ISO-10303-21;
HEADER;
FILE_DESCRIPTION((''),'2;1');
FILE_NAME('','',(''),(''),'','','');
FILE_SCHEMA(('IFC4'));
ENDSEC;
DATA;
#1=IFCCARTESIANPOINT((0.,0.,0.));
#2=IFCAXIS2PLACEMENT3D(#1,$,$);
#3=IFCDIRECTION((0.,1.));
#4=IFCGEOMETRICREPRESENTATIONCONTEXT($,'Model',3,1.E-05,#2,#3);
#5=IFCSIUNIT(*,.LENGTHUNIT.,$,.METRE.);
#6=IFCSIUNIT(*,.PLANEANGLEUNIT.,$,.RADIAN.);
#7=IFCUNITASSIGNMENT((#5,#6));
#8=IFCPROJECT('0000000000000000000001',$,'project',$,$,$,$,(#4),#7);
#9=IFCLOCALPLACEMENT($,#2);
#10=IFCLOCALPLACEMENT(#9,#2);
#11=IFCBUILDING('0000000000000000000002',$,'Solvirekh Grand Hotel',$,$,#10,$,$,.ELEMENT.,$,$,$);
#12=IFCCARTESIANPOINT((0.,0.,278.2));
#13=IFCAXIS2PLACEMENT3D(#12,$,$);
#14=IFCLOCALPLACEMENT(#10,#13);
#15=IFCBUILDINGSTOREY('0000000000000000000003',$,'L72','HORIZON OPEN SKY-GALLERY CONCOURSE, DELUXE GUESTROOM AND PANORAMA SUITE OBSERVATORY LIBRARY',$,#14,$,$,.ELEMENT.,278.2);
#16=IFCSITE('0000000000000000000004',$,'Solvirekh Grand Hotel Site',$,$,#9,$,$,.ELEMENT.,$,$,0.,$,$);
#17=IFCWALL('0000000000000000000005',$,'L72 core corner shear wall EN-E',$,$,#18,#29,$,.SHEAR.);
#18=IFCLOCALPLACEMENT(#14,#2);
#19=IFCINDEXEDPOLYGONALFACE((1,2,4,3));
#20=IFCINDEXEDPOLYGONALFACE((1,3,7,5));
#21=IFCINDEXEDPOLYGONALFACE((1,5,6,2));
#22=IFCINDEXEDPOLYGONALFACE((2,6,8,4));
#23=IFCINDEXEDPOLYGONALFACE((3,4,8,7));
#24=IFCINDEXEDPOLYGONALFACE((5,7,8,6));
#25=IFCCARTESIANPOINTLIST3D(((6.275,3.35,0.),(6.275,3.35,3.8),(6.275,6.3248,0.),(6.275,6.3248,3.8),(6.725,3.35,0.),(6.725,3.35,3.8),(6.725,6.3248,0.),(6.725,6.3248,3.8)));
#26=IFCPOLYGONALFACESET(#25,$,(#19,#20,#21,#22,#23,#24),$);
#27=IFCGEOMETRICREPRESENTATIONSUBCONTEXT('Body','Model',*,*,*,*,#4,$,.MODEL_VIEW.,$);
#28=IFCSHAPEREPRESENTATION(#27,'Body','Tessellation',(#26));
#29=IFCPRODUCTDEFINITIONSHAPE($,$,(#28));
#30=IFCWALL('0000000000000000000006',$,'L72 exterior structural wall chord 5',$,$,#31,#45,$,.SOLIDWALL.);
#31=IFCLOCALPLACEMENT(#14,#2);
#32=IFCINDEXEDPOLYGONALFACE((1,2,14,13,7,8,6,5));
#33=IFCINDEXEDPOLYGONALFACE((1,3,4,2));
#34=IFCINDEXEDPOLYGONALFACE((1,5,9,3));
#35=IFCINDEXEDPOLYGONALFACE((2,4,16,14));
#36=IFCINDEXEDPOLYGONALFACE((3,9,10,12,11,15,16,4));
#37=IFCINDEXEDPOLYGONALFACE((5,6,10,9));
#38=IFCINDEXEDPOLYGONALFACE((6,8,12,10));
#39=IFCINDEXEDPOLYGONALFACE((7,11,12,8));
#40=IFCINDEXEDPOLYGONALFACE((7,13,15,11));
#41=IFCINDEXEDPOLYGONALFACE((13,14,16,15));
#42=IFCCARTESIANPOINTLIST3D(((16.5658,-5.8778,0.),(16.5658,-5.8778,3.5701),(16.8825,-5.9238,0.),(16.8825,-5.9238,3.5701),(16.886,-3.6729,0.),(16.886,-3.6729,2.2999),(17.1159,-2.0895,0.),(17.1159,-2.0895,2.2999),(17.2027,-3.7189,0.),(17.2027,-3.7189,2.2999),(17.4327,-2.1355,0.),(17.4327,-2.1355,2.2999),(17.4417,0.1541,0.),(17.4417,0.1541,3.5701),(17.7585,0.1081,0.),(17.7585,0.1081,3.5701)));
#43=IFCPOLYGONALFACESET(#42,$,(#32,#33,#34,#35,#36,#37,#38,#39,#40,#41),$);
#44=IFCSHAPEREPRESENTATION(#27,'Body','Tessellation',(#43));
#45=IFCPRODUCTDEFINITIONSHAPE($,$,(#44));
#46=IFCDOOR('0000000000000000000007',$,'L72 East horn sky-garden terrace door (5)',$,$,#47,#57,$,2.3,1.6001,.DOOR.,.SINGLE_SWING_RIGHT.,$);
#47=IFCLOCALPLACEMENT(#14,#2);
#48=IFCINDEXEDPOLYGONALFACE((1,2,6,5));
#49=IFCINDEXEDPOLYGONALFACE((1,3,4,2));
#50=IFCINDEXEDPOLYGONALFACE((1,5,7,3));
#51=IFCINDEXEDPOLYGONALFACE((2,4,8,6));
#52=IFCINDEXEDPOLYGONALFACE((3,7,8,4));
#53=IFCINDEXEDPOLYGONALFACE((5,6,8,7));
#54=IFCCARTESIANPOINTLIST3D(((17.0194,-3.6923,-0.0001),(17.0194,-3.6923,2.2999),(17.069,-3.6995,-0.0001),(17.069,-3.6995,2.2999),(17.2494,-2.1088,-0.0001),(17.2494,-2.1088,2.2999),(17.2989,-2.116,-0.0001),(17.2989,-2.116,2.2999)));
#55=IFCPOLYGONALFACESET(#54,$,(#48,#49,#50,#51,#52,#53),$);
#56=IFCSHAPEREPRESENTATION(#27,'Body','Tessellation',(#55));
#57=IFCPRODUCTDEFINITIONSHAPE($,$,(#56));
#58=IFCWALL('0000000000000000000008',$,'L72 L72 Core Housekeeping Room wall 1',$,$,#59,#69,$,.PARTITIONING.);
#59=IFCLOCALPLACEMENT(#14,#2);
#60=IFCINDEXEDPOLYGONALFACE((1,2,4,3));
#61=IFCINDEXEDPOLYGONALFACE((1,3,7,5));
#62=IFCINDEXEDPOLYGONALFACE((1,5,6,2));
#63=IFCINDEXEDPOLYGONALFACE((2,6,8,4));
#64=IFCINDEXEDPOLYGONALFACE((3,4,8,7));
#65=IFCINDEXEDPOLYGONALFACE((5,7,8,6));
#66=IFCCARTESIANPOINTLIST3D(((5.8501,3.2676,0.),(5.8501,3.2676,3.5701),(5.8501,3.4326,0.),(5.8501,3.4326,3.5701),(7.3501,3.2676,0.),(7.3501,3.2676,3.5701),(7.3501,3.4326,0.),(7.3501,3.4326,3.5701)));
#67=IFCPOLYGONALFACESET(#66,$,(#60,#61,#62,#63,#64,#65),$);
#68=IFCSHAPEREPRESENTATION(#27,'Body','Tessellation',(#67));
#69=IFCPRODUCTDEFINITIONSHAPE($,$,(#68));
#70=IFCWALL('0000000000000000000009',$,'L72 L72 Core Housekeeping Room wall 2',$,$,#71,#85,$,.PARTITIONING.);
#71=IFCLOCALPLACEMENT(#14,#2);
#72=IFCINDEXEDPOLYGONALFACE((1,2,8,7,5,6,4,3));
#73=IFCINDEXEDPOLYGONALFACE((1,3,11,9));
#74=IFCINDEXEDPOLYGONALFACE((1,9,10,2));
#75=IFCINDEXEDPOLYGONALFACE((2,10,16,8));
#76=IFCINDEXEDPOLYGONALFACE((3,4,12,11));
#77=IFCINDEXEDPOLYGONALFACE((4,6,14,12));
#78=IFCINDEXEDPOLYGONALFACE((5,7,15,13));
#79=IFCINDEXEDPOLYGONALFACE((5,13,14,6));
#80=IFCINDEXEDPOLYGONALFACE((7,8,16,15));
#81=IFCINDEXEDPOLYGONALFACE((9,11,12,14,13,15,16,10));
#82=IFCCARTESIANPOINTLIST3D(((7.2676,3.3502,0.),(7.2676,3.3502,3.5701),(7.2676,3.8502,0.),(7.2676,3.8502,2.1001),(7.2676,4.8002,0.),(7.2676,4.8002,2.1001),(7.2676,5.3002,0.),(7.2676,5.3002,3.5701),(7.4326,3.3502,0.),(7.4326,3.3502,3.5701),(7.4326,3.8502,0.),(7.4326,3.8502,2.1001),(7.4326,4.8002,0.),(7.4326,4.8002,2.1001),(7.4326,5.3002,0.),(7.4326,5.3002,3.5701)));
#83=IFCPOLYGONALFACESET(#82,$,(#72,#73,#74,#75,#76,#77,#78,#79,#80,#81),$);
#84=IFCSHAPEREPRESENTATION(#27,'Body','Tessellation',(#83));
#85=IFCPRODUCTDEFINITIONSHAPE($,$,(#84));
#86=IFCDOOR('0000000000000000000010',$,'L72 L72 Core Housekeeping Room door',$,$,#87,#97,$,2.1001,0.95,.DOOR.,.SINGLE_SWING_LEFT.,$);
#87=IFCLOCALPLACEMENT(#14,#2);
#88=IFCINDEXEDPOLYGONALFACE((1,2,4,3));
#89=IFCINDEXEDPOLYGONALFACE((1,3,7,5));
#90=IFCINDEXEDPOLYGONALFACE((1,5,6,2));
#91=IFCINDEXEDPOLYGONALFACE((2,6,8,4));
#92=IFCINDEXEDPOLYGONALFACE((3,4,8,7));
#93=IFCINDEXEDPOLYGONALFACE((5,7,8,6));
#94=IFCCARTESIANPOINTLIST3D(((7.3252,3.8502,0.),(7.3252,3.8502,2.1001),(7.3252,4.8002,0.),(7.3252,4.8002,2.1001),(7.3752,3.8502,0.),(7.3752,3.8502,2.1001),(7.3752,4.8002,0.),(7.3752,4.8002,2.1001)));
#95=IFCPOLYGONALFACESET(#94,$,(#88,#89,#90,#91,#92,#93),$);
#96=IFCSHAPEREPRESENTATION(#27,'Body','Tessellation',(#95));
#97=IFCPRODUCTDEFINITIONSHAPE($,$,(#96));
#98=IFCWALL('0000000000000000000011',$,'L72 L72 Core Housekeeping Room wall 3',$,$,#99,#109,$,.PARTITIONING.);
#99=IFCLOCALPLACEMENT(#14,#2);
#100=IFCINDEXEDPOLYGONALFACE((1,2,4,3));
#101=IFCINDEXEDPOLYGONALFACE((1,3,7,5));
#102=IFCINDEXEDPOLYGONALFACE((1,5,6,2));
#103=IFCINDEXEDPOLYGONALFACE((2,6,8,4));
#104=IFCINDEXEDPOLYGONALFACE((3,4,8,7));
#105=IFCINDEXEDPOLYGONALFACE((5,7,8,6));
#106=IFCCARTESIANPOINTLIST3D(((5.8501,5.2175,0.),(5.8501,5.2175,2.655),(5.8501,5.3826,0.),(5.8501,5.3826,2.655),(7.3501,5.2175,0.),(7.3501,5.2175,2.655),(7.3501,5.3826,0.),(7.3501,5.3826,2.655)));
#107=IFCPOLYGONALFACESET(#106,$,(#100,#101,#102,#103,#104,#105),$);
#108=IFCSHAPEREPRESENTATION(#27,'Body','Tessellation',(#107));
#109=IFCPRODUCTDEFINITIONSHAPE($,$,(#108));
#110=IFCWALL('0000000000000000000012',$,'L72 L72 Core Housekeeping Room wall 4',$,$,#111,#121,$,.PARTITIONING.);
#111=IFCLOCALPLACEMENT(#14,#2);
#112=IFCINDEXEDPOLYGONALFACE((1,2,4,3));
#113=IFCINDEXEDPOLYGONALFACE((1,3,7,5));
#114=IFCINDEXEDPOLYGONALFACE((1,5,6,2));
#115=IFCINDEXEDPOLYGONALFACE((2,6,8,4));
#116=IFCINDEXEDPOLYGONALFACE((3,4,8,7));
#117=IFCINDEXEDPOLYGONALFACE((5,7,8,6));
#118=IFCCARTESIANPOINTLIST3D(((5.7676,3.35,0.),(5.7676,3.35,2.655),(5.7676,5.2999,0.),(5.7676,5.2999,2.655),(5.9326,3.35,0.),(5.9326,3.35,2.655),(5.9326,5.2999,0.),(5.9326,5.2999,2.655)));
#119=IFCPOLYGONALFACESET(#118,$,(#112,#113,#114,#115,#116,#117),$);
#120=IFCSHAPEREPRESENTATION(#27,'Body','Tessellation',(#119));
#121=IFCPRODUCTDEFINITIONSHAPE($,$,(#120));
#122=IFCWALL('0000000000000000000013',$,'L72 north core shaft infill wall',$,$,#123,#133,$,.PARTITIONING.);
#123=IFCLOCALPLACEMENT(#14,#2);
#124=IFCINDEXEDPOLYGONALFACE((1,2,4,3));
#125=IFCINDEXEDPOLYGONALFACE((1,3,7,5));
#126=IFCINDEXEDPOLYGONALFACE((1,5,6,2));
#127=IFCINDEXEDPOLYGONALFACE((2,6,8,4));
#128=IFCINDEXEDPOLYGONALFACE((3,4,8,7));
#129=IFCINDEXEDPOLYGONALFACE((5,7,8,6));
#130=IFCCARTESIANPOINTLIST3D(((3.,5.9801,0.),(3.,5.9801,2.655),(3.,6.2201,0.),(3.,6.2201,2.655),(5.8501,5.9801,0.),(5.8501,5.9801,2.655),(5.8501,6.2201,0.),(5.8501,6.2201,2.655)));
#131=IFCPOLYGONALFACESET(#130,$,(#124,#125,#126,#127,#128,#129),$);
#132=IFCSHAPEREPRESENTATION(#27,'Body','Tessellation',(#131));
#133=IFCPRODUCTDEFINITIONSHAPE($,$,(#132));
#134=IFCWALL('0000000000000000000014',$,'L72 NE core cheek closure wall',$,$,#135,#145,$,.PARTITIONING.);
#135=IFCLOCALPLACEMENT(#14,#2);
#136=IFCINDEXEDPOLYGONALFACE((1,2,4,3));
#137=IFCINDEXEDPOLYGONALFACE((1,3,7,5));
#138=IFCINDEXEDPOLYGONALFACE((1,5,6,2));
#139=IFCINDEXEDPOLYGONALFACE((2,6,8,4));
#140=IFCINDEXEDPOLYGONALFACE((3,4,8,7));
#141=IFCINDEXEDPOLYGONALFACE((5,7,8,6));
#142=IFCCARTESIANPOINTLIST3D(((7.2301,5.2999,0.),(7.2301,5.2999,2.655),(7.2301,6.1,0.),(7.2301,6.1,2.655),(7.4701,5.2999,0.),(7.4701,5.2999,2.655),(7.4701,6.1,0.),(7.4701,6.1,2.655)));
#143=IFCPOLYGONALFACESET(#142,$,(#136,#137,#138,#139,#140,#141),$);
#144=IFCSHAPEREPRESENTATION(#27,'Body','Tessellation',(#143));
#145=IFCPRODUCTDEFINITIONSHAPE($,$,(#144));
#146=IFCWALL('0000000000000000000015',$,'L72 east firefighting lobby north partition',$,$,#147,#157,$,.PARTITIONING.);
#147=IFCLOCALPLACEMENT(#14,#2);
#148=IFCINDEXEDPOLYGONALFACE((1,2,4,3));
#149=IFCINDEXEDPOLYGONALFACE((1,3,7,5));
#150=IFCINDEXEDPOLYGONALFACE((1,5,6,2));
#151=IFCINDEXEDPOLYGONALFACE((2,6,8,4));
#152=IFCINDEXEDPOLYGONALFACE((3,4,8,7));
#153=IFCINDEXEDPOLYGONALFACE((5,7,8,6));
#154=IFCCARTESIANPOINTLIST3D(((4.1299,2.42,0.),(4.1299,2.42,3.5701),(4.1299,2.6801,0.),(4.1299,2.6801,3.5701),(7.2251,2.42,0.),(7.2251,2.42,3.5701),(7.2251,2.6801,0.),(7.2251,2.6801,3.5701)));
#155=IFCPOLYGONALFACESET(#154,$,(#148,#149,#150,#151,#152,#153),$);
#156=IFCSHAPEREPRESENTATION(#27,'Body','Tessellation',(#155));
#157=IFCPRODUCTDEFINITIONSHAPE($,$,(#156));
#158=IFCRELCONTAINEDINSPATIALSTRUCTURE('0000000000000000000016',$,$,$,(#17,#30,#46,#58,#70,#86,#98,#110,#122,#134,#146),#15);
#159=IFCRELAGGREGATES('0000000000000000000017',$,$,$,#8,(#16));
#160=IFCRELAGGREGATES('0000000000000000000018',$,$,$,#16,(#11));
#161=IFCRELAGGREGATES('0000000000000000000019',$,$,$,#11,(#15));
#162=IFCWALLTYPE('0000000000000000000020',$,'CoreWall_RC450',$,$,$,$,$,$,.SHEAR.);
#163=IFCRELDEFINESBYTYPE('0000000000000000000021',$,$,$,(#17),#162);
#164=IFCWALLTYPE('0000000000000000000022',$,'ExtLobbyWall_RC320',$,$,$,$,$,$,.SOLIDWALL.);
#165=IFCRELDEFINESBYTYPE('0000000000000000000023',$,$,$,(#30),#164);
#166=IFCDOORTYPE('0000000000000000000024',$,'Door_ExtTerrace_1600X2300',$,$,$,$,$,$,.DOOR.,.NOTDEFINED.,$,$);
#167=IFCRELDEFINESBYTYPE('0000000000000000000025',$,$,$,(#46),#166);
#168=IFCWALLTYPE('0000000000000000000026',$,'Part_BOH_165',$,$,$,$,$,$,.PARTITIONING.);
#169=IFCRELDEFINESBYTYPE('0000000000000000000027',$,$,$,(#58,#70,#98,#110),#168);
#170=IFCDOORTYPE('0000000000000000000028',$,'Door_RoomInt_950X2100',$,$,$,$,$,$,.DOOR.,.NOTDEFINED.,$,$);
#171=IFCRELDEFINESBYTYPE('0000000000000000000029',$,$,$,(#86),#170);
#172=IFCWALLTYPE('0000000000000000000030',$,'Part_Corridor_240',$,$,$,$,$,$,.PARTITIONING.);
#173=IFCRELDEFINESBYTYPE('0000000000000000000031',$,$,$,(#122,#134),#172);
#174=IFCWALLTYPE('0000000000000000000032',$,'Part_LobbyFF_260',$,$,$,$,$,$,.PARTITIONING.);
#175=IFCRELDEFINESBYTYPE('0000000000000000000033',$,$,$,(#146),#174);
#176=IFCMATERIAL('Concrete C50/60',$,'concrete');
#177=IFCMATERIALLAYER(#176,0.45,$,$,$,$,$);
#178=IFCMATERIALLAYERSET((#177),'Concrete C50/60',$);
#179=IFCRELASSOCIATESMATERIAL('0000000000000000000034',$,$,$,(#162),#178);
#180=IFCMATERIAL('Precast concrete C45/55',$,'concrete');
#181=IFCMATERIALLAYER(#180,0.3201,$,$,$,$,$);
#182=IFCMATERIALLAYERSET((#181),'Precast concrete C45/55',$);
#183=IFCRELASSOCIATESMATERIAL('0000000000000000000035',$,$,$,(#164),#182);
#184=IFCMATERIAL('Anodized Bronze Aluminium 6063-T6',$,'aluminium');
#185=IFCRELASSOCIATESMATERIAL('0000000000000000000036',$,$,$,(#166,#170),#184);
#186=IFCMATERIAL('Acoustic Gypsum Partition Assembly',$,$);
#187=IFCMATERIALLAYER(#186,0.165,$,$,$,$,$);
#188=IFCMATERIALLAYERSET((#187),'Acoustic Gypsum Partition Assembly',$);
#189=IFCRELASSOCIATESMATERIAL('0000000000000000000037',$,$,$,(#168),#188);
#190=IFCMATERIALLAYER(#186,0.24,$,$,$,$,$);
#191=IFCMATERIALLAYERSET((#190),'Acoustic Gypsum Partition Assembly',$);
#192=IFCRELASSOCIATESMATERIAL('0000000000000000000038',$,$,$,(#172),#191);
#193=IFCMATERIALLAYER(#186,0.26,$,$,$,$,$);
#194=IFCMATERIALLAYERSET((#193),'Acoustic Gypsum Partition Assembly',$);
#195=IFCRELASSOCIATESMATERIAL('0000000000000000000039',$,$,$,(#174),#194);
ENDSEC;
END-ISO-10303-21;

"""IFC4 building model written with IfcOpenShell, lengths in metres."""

from ifc_helpers import new_model, si_unit, direction, frame, frame_2d, origin, place, context, subcontext, project, spatial, rectangle, extrude, material, layer, layer_set, type_object, element, fill, save


model = new_model("IFC4")

# Units and contexts
model_context = context("Model", 3, precision=1e-05, world=origin(), true_north=direction((0.0, 1.0)))
body_context = subcontext(model_context, "Body", "Model", "MODEL_VIEW")
ifc_project = project(units=[si_unit("LENGTHUNIT", "METRE"), si_unit("PLANEANGLEUNIT", "RADIAN")], contexts=[model_context])

# Site, building, storey
site_placement = place(None, origin())
site = spatial("IfcSite", under=ifc_project, at=site_placement, Name="Solvirekh Grand Hotel Site", CompositionType="ELEMENT", RefElevation=0.0)
building_placement = place(site_placement, origin())
building = spatial("IfcBuilding", under=site, at=building_placement, Name="Solvirekh Grand Hotel", CompositionType="ELEMENT")
storey_placement = place(building_placement, frame((0.0, 0.0, 278.2)))
storey = spatial("IfcBuildingStorey", under=building, at=storey_placement, Name="L72", Description="HORIZON OPEN SKY-GALLERY CONCOURSE, DELUXE GUESTROOM AND PANORAMA SUITE OBSERVATORY LIBRARY", CompositionType="ELEMENT", Elevation=278.2)

# Shared definitions
ifc_material_1 = material(Name="Concrete C50/60", Category="concrete")

# Wall
ifc_layer_1 = layer(ifc_material_1, 0.45)
ifc_layer_set_1 = layer_set([ifc_layer_1], Name="Concrete C50/60")
wall_type_1 = type_object("IfcWallType", Name="CoreWall_RC450", PredefinedType="SHEAR", material=ifc_layer_set_1)
wall_1_placement = place(storey_placement, frame((6.5, 3.3501, 0.0), z_axis=(0.0, 0.0, 1.0), x_axis=(0.0, 1.0, 0.0)))
element("IfcWall", 1, at=wall_1_placement, inside=storey, type_object=wall_type_1, Name="L72 core corner shear wall EN-E", PredefinedType="SHEAR", context=body_context, shape_type="SweptSolid", body=[
    extrude(rectangle(XDim=2.9749, YDim=0.45, at=frame_2d((1.4873, 0.0))), origin(), (0.0, 0.0, 1.0), 3.8),
])

# Wall, opening, door
ifc_material_2 = material(Name="Precast concrete C45/55", Category="concrete")
ifc_layer_2 = layer(ifc_material_2, 0.3201)
ifc_layer_set_2 = layer_set([ifc_layer_2], Name="Precast concrete C45/55")
wall_type_2 = type_object("IfcWallType", Name="ExtLobbyWall_RC320", PredefinedType="SOLIDWALL", material=ifc_layer_set_2)
wall_2_placement = place(storey_placement, frame((17.6001, 0.1311, 0.0), z_axis=(0.0, 0.0, 1.0), x_axis=(-0.143714, -0.989619, 0.0)))
wall_2 = element("IfcWall", 2, at=wall_2_placement, inside=storey, type_object=wall_type_2, Name="L72 exterior structural wall chord 5", PredefinedType="SOLIDWALL", context=body_context, shape_type="SweptSolid", body=[
    extrude(rectangle(XDim=6.0952, YDim=0.3201, at=frame_2d((3.0476, 0.0))), origin(), (0.0, 0.0, 1.0), 3.5701),
])
opening_1_placement = place(wall_2_placement, frame((2.2671, 0.0, 0.0)))
opening_1 = element("IfcOpeningElement", 3, at=opening_1_placement, cuts=wall_2, PredefinedType="OPENING", context=body_context, shape_type="SweptSolid", body=[
    extrude(rectangle(XDim=1.6001, YDim=2.3, at=frame_2d((0.8, 1.1499))), frame((0.0, 0.1699, 0.0), z_axis=(0.0, -1.0, 0.0), x_axis=(1.0, 0.0, 0.0)), (0.0, 0.0, 1.0), 0.3401),
])
ifc_material_3 = material(Name="Anodized Bronze Aluminium 6063-T6", Category="aluminium")
door_type_1 = type_object("IfcDoorType", Name="Door_ExtTerrace_1600X2300", OperationType="NOTDEFINED", PredefinedType="DOOR", material=ifc_material_3)
door_1_placement = place(opening_1_placement, origin())
door_1 = element("IfcDoor", 4, at=door_1_placement, inside=storey, type_object=door_type_1, Name="L72 East horn sky-garden terrace door (5)", OperationType="SINGLE_SWING_RIGHT", OverallHeight=2.3, OverallWidth=1.6001, PredefinedType="DOOR", context=body_context, shape_type="SweptSolid", body=[
    extrude(rectangle(XDim=1.6001, YDim=2.3, at=frame_2d((0.8, 1.1499))), frame((0.0, 0.0249, 0.0), z_axis=(0.0, -1.0, 0.0), x_axis=(1.0, 0.0, 0.0)), (0.0, 0.0, 1.0), 0.05),
])
fill(opening_1, door_1)

# Wall
ifc_material_4 = material(Name="Acoustic Gypsum Partition Assembly")
ifc_layer_3 = layer(ifc_material_4, 0.165)
ifc_layer_set_3 = layer_set([ifc_layer_3], Name="Acoustic Gypsum Partition Assembly")
wall_type_3 = type_object("IfcWallType", Name="Part_BOH_165", PredefinedType="PARTITIONING", material=ifc_layer_set_3)
wall_3_placement = place(storey_placement, frame((5.8501, 3.3501, 0.0), z_axis=(0.0, 0.0, 1.0), x_axis=(1.0, 0.0, 0.0)))
element("IfcWall", 5, at=wall_3_placement, inside=storey, type_object=wall_type_3, Name="L72 L72 Core Housekeeping Room wall 1", PredefinedType="PARTITIONING", context=body_context, shape_type="SweptSolid", body=[
    extrude(rectangle(XDim=1.5, YDim=0.165, at=frame_2d((0.75, 0.0))), origin(), (0.0, 0.0, 1.0), 3.5701),
])

# Wall, opening, door
wall_4_placement = place(storey_placement, frame((7.3501, 3.3501, 0.0), z_axis=(0.0, 0.0, 1.0), x_axis=(0.0, 1.0, 0.0)))
wall_4 = element("IfcWall", 6, at=wall_4_placement, inside=storey, type_object=wall_type_3, Name="L72 L72 Core Housekeeping Room wall 2", PredefinedType="PARTITIONING", context=body_context, shape_type="SweptSolid", body=[
    extrude(rectangle(XDim=1.95, YDim=0.165, at=frame_2d((0.9751, 0.0))), origin(), (0.0, 0.0, 1.0), 3.5701),
])
opening_2_placement = place(wall_4_placement, frame((0.5, 0.0, 0.0)))
opening_2 = element("IfcOpeningElement", 7, at=opening_2_placement, cuts=wall_4, PredefinedType="OPENING", context=body_context, shape_type="SweptSolid", body=[
    extrude(rectangle(XDim=0.95, YDim=2.1001, at=frame_2d((0.4751, 1.05))), frame((0.0, 0.0925, 0.0), z_axis=(0.0, -1.0, 0.0), x_axis=(1.0, 0.0, 0.0)), (0.0, 0.0, 1.0), 0.1851),
])
door_type_2 = type_object("IfcDoorType", Name="Door_RoomInt_950X2100", OperationType="NOTDEFINED", PredefinedType="DOOR", material=ifc_material_3)
door_2_placement = place(opening_2_placement, origin())
door_2 = element("IfcDoor", 8, at=door_2_placement, inside=storey, type_object=door_type_2, Name="L72 L72 Core Housekeeping Room door", OperationType="SINGLE_SWING_LEFT", OverallHeight=2.1001, OverallWidth=0.95, PredefinedType="DOOR", context=body_context, shape_type="SweptSolid", body=[
    extrude(rectangle(XDim=0.95, YDim=2.1001, at=frame_2d((0.4751, 1.05))), frame((0.0, 0.0249, 0.0), z_axis=(0.0, -1.0, 0.0), x_axis=(1.0, 0.0, 0.0)), (0.0, 0.0, 1.0), 0.05),
])
fill(opening_2, door_2)

# Walls
wall_5_placement = place(storey_placement, frame((7.3501, 5.3, 0.0), z_axis=(0.0, 0.0, 1.0), x_axis=(-1.0, 0.0, 0.0)))
element("IfcWall", 9, at=wall_5_placement, inside=storey, type_object=wall_type_3, Name="L72 L72 Core Housekeeping Room wall 3", PredefinedType="PARTITIONING", context=body_context, shape_type="SweptSolid", body=[
    extrude(rectangle(XDim=1.5, YDim=0.165, at=frame_2d((0.75, 0.0))), origin(), (0.0, 0.0, 1.0), 2.655),
])
wall_6_placement = place(storey_placement, frame((5.8501, 5.3, 0.0), z_axis=(0.0, 0.0, 1.0), x_axis=(0.0, -1.0, 0.0)))
element("IfcWall", 10, at=wall_6_placement, inside=storey, type_object=wall_type_3, Name="L72 L72 Core Housekeeping Room wall 4", PredefinedType="PARTITIONING", context=body_context, shape_type="SweptSolid", body=[
    extrude(rectangle(XDim=1.95, YDim=0.165, at=frame_2d((0.9751, 0.0))), origin(), (0.0, 0.0, 1.0), 2.655),
])
ifc_layer_4 = layer(ifc_material_4, 0.24)
ifc_layer_set_4 = layer_set([ifc_layer_4], Name="Acoustic Gypsum Partition Assembly")
wall_type_4 = type_object("IfcWallType", Name="Part_Corridor_240", PredefinedType="PARTITIONING", material=ifc_layer_set_4)
wall_7_placement = place(storey_placement, frame((3.0, 6.1001, 0.0), z_axis=(0.0, 0.0, 1.0), x_axis=(1.0, 0.0, 0.0)))
element("IfcWall", 11, at=wall_7_placement, inside=storey, type_object=wall_type_4, Name="L72 north core shaft infill wall", PredefinedType="PARTITIONING", context=body_context, shape_type="SweptSolid", body=[
    extrude(rectangle(XDim=2.8501, YDim=0.24, at=frame_2d((1.425, 0.0))), origin(), (0.0, 0.0, 1.0), 2.655),
])
wall_8_placement = place(storey_placement, frame((7.3501, 5.3, 0.0), z_axis=(0.0, 0.0, 1.0), x_axis=(0.0, 1.0, 0.0)))
element("IfcWall", 12, at=wall_8_placement, inside=storey, type_object=wall_type_4, Name="L72 NE core cheek closure wall", PredefinedType="PARTITIONING", context=body_context, shape_type="SweptSolid", body=[
    extrude(rectangle(XDim=0.8, YDim=0.24, at=frame_2d((0.3999, 0.0))), origin(), (0.0, 0.0, 1.0), 2.655),
])
ifc_layer_5 = layer(ifc_material_4, 0.26)
ifc_layer_set_5 = layer_set([ifc_layer_5], Name="Acoustic Gypsum Partition Assembly")
wall_type_5 = type_object("IfcWallType", Name="Part_LobbyFF_260", PredefinedType="PARTITIONING", material=ifc_layer_set_5)
wall_9_placement = place(storey_placement, frame((4.1299, 2.55, 0.0), z_axis=(0.0, 0.0, 1.0), x_axis=(1.0, 0.0, 0.0)))
element("IfcWall", 13, at=wall_9_placement, inside=storey, type_object=wall_type_5, Name="L72 east firefighting lobby north partition", PredefinedType="PARTITIONING", context=body_context, shape_type="SweptSolid", body=[
    extrude(rectangle(XDim=3.0952, YDim=0.26, at=frame_2d((1.5476, 0.0))), origin(), (0.0, 0.0, 1.0), 3.5701),
])

save(model, "model.ifc")
